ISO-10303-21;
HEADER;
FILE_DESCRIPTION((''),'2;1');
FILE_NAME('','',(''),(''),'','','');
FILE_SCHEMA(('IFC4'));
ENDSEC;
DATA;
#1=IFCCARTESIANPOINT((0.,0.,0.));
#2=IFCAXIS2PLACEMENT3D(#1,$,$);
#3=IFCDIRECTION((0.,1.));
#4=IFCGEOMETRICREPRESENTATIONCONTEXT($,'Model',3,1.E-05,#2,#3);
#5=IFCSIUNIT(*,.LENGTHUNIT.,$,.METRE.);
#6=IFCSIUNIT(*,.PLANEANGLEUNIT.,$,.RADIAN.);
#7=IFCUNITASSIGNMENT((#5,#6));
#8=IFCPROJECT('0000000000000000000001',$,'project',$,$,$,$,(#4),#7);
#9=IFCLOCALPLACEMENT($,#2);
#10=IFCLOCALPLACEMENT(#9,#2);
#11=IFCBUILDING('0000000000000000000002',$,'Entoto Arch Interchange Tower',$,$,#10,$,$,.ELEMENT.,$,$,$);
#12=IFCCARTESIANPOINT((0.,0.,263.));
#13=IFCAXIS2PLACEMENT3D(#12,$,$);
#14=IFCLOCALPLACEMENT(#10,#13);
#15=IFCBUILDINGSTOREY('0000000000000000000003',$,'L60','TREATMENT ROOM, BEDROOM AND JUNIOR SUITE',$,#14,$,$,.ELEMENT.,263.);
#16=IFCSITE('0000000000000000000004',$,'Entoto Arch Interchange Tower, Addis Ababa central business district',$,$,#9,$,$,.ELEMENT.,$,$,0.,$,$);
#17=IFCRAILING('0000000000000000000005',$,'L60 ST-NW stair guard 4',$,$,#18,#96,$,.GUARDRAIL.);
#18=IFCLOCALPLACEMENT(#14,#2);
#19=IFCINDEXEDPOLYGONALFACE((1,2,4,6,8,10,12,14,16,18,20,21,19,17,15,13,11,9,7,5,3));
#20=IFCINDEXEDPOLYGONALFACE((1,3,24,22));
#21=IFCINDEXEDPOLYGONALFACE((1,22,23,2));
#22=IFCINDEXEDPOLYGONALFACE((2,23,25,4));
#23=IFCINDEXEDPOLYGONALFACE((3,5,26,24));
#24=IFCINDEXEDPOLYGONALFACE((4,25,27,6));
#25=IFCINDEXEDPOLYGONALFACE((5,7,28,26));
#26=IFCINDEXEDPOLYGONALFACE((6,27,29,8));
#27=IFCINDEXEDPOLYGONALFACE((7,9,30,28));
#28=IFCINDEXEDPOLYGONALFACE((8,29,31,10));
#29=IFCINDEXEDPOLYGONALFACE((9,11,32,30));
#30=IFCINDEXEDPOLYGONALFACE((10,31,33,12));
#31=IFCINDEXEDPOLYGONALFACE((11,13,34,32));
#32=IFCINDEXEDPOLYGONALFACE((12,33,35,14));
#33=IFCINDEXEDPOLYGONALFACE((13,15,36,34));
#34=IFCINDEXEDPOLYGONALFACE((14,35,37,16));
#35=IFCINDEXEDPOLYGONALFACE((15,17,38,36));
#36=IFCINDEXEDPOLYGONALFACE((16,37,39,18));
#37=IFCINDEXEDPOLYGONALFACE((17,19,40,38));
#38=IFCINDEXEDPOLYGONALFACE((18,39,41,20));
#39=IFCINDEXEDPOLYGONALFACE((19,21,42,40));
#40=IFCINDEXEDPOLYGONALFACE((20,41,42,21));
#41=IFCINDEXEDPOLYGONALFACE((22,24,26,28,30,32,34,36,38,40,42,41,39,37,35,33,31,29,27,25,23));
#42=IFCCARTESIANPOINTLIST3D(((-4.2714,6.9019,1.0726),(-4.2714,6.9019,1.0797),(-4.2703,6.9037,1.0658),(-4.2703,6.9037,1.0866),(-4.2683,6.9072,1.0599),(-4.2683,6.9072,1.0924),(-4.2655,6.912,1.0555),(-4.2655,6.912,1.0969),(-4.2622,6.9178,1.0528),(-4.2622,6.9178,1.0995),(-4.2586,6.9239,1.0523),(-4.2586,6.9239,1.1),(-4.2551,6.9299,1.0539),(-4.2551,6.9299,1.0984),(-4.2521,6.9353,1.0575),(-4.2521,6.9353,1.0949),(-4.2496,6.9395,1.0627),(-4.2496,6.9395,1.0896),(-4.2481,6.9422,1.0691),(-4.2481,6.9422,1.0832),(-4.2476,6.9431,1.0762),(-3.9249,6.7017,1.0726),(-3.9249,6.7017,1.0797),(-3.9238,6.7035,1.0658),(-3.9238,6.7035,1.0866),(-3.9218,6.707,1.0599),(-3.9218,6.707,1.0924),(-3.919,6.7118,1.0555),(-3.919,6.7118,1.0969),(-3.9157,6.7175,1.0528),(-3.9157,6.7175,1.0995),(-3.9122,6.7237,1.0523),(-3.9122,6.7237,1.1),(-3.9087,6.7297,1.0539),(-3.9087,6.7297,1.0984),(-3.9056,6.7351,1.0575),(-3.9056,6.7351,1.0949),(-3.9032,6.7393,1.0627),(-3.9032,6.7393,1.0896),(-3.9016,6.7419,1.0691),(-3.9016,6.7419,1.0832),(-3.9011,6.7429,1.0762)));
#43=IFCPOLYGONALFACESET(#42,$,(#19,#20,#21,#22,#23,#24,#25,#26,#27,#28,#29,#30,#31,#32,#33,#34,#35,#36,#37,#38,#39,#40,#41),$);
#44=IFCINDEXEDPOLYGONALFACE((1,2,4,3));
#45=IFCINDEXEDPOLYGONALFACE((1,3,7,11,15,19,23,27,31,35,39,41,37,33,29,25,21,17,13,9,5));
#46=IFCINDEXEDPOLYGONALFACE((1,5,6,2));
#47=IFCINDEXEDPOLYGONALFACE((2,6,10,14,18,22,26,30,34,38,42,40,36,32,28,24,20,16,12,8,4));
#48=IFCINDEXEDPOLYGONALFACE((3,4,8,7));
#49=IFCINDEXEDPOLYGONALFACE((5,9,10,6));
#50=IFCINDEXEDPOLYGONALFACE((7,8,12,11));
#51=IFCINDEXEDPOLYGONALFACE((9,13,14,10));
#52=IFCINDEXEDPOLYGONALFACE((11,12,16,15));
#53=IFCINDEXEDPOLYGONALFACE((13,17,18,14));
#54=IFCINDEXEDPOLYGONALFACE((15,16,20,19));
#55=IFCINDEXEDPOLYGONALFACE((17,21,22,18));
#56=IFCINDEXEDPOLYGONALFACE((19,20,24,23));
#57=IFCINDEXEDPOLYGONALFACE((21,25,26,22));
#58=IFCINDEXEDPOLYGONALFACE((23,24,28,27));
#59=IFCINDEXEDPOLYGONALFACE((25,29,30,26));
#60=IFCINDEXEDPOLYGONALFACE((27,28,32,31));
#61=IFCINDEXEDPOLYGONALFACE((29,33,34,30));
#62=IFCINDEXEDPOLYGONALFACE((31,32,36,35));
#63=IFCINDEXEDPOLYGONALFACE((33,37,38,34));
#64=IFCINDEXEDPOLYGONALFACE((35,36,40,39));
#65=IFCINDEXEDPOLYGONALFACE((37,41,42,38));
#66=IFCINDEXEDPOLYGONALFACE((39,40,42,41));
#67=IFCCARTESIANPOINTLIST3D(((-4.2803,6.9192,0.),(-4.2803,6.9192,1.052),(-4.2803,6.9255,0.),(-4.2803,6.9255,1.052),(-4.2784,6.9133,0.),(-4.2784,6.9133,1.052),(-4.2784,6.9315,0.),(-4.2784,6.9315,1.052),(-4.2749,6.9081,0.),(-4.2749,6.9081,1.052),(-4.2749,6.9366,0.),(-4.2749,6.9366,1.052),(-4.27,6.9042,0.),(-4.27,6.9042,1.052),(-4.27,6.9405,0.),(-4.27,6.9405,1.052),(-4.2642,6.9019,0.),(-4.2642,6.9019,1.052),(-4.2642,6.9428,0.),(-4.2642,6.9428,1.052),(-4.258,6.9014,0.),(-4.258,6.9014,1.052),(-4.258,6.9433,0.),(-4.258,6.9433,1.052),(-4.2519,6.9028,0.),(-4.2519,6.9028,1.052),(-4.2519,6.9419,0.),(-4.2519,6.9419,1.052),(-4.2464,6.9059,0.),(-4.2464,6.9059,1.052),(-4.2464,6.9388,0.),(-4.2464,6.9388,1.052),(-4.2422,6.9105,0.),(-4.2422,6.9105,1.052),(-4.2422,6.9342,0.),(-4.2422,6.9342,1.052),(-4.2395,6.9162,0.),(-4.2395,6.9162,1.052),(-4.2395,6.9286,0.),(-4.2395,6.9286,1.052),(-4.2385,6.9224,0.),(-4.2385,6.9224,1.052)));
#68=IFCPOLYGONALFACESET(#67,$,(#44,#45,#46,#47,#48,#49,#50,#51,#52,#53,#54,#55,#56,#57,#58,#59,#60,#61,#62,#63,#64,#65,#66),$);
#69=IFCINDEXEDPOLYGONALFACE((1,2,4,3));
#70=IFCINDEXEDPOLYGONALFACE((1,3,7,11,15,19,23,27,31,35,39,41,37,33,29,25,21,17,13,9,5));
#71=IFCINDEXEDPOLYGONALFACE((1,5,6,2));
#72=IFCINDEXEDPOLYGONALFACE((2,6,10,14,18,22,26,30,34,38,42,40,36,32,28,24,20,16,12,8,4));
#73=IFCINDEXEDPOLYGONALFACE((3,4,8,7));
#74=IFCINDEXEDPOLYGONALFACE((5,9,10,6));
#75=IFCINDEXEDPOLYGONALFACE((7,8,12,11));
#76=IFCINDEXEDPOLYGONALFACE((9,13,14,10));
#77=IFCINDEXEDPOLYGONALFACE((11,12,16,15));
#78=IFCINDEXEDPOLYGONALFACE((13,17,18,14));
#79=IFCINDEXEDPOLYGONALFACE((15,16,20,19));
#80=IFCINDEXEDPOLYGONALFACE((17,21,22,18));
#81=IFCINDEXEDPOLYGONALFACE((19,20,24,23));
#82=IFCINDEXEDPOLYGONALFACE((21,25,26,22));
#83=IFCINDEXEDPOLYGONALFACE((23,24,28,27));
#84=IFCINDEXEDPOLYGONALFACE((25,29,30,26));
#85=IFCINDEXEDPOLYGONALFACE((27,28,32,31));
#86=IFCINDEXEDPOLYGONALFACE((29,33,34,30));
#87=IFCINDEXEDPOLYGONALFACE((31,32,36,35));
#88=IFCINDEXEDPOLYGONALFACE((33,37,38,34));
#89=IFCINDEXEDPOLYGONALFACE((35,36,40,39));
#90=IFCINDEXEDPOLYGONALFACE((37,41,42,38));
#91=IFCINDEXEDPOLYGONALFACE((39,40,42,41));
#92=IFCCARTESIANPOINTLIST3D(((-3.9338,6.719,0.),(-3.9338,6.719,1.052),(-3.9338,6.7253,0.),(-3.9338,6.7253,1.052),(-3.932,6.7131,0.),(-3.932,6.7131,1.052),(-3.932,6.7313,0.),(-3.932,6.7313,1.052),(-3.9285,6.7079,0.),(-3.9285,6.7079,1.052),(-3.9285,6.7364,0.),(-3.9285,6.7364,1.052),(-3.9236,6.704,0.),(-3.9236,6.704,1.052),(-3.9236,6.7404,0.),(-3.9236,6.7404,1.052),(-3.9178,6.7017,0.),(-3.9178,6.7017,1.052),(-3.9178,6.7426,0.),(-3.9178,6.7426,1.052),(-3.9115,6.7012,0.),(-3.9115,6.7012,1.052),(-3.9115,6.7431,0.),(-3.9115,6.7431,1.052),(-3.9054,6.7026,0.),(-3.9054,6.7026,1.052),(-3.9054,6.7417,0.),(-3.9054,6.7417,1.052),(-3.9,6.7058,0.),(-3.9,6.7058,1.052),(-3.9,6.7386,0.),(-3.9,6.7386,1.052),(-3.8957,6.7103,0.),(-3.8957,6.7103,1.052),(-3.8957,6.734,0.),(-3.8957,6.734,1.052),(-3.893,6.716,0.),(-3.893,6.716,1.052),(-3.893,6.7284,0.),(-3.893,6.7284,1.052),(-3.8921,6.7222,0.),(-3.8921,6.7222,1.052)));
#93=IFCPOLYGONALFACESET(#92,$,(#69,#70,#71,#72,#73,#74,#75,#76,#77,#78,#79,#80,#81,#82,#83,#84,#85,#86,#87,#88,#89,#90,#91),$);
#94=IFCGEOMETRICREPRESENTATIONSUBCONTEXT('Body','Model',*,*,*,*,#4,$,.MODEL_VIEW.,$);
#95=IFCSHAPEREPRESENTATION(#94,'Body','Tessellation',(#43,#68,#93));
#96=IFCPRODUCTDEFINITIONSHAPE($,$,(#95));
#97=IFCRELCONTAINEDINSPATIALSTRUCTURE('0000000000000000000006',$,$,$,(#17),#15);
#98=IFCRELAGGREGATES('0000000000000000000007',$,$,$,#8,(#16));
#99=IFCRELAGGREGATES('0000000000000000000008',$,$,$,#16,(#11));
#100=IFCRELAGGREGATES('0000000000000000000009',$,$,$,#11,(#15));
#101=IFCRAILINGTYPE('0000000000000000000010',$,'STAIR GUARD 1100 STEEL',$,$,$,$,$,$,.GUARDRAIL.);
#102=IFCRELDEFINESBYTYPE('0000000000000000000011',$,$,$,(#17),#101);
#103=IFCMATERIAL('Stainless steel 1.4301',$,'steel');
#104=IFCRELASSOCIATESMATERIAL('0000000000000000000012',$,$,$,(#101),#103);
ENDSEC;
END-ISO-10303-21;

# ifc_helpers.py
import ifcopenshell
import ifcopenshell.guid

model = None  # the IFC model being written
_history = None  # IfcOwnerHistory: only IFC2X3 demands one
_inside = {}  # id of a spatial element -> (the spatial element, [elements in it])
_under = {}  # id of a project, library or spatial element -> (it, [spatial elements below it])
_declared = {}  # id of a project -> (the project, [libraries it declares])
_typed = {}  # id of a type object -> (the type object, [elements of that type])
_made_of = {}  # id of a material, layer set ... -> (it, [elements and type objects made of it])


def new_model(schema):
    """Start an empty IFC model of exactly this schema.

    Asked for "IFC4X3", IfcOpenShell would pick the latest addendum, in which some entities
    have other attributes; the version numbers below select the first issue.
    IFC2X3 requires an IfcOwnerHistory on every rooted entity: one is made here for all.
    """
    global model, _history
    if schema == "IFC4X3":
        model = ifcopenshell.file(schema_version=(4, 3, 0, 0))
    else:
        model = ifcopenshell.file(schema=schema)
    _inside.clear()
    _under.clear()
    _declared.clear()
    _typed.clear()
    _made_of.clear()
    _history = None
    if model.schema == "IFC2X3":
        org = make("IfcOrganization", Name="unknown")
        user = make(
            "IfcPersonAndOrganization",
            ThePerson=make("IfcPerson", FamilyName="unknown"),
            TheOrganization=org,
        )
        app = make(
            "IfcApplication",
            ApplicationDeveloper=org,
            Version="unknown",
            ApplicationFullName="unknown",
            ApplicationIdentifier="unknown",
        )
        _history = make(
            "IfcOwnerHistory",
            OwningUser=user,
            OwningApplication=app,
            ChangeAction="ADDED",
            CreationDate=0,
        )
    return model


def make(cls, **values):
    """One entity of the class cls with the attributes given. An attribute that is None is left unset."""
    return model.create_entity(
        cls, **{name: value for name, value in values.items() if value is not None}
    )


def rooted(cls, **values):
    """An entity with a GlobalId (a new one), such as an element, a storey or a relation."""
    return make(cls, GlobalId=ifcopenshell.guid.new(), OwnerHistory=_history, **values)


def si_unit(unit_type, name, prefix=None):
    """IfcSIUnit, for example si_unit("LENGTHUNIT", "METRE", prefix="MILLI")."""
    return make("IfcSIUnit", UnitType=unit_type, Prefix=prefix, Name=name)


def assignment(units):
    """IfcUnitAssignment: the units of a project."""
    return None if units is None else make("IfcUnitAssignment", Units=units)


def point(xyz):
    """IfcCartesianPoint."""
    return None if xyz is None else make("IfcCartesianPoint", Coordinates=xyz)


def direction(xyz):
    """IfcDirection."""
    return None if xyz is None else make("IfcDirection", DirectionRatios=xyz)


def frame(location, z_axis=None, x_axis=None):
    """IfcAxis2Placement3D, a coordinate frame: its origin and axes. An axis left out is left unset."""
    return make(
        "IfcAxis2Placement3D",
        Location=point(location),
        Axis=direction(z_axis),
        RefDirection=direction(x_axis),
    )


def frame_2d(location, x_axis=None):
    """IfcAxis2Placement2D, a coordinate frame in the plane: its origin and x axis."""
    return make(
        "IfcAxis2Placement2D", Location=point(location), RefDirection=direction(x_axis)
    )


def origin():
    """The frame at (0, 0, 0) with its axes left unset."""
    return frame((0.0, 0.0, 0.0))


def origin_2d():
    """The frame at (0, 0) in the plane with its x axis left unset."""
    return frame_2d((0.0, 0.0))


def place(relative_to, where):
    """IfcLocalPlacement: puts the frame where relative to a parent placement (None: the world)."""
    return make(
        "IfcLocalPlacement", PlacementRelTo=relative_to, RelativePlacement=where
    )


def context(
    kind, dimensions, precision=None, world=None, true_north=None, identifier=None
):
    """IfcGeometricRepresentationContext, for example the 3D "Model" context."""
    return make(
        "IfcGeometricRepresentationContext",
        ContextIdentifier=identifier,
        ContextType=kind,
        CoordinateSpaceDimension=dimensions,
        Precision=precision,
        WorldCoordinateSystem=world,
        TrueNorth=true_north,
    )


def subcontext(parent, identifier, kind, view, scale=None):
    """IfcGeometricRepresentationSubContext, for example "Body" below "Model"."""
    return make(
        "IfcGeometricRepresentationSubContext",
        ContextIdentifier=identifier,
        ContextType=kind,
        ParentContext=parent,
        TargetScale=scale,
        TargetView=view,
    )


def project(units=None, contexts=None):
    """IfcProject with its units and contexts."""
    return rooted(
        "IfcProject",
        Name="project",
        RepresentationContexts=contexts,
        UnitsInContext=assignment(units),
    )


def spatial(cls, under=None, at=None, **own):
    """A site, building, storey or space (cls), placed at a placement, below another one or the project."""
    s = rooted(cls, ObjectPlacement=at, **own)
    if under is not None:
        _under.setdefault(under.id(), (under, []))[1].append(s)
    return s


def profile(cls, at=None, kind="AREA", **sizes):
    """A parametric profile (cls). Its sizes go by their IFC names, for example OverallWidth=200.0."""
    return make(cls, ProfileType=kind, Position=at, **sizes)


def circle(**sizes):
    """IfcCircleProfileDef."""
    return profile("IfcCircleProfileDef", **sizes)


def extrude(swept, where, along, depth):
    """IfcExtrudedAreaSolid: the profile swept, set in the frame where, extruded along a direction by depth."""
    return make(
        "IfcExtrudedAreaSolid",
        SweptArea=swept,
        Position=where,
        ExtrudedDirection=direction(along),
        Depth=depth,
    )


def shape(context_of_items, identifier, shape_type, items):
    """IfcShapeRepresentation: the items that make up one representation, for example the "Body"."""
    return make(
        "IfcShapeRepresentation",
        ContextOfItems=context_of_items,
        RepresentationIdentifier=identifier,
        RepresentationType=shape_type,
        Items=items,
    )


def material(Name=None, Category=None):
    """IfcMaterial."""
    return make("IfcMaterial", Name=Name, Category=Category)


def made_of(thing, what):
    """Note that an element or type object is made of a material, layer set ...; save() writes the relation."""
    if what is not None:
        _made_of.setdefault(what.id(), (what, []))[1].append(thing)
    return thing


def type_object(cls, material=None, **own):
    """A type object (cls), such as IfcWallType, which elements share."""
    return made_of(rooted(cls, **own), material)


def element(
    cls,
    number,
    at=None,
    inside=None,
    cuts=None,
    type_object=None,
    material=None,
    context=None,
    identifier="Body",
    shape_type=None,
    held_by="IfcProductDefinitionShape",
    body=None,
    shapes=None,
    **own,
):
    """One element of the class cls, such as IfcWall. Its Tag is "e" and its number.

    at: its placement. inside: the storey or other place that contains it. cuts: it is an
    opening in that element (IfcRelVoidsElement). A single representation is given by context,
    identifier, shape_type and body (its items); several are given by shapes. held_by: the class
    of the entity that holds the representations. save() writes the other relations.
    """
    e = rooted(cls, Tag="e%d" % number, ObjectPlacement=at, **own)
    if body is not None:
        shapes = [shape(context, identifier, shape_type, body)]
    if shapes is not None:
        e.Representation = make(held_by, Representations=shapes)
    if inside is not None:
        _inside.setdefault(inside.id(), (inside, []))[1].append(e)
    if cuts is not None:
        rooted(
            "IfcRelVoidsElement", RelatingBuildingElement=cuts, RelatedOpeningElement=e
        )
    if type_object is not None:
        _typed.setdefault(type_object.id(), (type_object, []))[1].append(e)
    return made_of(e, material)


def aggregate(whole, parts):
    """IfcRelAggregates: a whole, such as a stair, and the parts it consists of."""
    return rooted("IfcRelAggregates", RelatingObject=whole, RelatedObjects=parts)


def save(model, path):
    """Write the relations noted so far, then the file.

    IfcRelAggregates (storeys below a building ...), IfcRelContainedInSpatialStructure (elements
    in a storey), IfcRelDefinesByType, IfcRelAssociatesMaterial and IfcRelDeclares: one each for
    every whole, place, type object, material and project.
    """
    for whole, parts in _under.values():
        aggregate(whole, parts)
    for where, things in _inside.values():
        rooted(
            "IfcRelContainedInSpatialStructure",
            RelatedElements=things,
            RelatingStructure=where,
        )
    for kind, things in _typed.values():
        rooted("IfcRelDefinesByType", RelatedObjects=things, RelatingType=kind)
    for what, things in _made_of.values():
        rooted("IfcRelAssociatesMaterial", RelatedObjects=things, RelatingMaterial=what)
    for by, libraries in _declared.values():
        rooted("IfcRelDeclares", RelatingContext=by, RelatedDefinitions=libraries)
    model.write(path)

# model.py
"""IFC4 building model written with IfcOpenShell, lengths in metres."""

from ifc_helpers import new_model, si_unit, direction, frame, origin, origin_2d, place, context, subcontext, project, spatial, circle, extrude, material, type_object, element, save


model = new_model("IFC4")

# Units and contexts
model_context = context("Model", 3, precision=1e-05, world=origin(), true_north=direction((0.0, 1.0)))
body_context = subcontext(model_context, "Body", "Model", "MODEL_VIEW")
ifc_project = project(units=[si_unit("LENGTHUNIT", "METRE"), si_unit("PLANEANGLEUNIT", "RADIAN")], contexts=[model_context])

# Site, building, storey
site_placement = place(None, origin())
site = spatial("IfcSite", under=ifc_project, at=site_placement, Name="Entoto Arch Interchange Tower, Addis Ababa central business district", CompositionType="ELEMENT", RefElevation=0.0)
building_placement = place(site_placement, origin())
building = spatial("IfcBuilding", under=site, at=building_placement, Name="Entoto Arch Interchange Tower", CompositionType="ELEMENT")
storey_placement = place(building_placement, frame((0.0, 0.0, 263.0)))
storey = spatial("IfcBuildingStorey", under=building, at=storey_placement, Name="L60", Description="TREATMENT ROOM, BEDROOM AND JUNIOR SUITE", CompositionType="ELEMENT", Elevation=263.0)

# Railing
ifc_material_1 = material(Name="Stainless steel 1.4301", Category="steel")
railing_type_1 = type_object("IfcRailingType", Name="STAIR GUARD 1100 STEEL", PredefinedType="GUARDRAIL", material=ifc_material_1)
railing_1_placement = place(storey_placement, frame((-4.2595, 6.9224, 0.0)))
element("IfcRailing", 1, at=railing_1_placement, inside=storey, type_object=railing_type_1, Name="L60 ST-NW stair guard 4", PredefinedType="GUARDRAIL", context=body_context, shape_type="SweptSolid", body=[
    extrude(circle(Radius=0.0239, at=origin_2d()), frame((0.0, 0.0, 1.0762), z_axis=(0.86583, -0.500339, 0.0), x_axis=(0.500339, 0.86583, 0.0)), (0.0, 0.0, 1.0), 0.4001),
    extrude(circle(Radius=0.021, at=origin_2d()), origin(), (0.0, 0.0, 1.0), 1.052),
    extrude(circle(Radius=0.021, at=origin_2d()), frame((0.3464, -0.2002, 0.0)), (0.0, 0.0, 1.0), 1.052),
])

save(model, "model.ifc")
